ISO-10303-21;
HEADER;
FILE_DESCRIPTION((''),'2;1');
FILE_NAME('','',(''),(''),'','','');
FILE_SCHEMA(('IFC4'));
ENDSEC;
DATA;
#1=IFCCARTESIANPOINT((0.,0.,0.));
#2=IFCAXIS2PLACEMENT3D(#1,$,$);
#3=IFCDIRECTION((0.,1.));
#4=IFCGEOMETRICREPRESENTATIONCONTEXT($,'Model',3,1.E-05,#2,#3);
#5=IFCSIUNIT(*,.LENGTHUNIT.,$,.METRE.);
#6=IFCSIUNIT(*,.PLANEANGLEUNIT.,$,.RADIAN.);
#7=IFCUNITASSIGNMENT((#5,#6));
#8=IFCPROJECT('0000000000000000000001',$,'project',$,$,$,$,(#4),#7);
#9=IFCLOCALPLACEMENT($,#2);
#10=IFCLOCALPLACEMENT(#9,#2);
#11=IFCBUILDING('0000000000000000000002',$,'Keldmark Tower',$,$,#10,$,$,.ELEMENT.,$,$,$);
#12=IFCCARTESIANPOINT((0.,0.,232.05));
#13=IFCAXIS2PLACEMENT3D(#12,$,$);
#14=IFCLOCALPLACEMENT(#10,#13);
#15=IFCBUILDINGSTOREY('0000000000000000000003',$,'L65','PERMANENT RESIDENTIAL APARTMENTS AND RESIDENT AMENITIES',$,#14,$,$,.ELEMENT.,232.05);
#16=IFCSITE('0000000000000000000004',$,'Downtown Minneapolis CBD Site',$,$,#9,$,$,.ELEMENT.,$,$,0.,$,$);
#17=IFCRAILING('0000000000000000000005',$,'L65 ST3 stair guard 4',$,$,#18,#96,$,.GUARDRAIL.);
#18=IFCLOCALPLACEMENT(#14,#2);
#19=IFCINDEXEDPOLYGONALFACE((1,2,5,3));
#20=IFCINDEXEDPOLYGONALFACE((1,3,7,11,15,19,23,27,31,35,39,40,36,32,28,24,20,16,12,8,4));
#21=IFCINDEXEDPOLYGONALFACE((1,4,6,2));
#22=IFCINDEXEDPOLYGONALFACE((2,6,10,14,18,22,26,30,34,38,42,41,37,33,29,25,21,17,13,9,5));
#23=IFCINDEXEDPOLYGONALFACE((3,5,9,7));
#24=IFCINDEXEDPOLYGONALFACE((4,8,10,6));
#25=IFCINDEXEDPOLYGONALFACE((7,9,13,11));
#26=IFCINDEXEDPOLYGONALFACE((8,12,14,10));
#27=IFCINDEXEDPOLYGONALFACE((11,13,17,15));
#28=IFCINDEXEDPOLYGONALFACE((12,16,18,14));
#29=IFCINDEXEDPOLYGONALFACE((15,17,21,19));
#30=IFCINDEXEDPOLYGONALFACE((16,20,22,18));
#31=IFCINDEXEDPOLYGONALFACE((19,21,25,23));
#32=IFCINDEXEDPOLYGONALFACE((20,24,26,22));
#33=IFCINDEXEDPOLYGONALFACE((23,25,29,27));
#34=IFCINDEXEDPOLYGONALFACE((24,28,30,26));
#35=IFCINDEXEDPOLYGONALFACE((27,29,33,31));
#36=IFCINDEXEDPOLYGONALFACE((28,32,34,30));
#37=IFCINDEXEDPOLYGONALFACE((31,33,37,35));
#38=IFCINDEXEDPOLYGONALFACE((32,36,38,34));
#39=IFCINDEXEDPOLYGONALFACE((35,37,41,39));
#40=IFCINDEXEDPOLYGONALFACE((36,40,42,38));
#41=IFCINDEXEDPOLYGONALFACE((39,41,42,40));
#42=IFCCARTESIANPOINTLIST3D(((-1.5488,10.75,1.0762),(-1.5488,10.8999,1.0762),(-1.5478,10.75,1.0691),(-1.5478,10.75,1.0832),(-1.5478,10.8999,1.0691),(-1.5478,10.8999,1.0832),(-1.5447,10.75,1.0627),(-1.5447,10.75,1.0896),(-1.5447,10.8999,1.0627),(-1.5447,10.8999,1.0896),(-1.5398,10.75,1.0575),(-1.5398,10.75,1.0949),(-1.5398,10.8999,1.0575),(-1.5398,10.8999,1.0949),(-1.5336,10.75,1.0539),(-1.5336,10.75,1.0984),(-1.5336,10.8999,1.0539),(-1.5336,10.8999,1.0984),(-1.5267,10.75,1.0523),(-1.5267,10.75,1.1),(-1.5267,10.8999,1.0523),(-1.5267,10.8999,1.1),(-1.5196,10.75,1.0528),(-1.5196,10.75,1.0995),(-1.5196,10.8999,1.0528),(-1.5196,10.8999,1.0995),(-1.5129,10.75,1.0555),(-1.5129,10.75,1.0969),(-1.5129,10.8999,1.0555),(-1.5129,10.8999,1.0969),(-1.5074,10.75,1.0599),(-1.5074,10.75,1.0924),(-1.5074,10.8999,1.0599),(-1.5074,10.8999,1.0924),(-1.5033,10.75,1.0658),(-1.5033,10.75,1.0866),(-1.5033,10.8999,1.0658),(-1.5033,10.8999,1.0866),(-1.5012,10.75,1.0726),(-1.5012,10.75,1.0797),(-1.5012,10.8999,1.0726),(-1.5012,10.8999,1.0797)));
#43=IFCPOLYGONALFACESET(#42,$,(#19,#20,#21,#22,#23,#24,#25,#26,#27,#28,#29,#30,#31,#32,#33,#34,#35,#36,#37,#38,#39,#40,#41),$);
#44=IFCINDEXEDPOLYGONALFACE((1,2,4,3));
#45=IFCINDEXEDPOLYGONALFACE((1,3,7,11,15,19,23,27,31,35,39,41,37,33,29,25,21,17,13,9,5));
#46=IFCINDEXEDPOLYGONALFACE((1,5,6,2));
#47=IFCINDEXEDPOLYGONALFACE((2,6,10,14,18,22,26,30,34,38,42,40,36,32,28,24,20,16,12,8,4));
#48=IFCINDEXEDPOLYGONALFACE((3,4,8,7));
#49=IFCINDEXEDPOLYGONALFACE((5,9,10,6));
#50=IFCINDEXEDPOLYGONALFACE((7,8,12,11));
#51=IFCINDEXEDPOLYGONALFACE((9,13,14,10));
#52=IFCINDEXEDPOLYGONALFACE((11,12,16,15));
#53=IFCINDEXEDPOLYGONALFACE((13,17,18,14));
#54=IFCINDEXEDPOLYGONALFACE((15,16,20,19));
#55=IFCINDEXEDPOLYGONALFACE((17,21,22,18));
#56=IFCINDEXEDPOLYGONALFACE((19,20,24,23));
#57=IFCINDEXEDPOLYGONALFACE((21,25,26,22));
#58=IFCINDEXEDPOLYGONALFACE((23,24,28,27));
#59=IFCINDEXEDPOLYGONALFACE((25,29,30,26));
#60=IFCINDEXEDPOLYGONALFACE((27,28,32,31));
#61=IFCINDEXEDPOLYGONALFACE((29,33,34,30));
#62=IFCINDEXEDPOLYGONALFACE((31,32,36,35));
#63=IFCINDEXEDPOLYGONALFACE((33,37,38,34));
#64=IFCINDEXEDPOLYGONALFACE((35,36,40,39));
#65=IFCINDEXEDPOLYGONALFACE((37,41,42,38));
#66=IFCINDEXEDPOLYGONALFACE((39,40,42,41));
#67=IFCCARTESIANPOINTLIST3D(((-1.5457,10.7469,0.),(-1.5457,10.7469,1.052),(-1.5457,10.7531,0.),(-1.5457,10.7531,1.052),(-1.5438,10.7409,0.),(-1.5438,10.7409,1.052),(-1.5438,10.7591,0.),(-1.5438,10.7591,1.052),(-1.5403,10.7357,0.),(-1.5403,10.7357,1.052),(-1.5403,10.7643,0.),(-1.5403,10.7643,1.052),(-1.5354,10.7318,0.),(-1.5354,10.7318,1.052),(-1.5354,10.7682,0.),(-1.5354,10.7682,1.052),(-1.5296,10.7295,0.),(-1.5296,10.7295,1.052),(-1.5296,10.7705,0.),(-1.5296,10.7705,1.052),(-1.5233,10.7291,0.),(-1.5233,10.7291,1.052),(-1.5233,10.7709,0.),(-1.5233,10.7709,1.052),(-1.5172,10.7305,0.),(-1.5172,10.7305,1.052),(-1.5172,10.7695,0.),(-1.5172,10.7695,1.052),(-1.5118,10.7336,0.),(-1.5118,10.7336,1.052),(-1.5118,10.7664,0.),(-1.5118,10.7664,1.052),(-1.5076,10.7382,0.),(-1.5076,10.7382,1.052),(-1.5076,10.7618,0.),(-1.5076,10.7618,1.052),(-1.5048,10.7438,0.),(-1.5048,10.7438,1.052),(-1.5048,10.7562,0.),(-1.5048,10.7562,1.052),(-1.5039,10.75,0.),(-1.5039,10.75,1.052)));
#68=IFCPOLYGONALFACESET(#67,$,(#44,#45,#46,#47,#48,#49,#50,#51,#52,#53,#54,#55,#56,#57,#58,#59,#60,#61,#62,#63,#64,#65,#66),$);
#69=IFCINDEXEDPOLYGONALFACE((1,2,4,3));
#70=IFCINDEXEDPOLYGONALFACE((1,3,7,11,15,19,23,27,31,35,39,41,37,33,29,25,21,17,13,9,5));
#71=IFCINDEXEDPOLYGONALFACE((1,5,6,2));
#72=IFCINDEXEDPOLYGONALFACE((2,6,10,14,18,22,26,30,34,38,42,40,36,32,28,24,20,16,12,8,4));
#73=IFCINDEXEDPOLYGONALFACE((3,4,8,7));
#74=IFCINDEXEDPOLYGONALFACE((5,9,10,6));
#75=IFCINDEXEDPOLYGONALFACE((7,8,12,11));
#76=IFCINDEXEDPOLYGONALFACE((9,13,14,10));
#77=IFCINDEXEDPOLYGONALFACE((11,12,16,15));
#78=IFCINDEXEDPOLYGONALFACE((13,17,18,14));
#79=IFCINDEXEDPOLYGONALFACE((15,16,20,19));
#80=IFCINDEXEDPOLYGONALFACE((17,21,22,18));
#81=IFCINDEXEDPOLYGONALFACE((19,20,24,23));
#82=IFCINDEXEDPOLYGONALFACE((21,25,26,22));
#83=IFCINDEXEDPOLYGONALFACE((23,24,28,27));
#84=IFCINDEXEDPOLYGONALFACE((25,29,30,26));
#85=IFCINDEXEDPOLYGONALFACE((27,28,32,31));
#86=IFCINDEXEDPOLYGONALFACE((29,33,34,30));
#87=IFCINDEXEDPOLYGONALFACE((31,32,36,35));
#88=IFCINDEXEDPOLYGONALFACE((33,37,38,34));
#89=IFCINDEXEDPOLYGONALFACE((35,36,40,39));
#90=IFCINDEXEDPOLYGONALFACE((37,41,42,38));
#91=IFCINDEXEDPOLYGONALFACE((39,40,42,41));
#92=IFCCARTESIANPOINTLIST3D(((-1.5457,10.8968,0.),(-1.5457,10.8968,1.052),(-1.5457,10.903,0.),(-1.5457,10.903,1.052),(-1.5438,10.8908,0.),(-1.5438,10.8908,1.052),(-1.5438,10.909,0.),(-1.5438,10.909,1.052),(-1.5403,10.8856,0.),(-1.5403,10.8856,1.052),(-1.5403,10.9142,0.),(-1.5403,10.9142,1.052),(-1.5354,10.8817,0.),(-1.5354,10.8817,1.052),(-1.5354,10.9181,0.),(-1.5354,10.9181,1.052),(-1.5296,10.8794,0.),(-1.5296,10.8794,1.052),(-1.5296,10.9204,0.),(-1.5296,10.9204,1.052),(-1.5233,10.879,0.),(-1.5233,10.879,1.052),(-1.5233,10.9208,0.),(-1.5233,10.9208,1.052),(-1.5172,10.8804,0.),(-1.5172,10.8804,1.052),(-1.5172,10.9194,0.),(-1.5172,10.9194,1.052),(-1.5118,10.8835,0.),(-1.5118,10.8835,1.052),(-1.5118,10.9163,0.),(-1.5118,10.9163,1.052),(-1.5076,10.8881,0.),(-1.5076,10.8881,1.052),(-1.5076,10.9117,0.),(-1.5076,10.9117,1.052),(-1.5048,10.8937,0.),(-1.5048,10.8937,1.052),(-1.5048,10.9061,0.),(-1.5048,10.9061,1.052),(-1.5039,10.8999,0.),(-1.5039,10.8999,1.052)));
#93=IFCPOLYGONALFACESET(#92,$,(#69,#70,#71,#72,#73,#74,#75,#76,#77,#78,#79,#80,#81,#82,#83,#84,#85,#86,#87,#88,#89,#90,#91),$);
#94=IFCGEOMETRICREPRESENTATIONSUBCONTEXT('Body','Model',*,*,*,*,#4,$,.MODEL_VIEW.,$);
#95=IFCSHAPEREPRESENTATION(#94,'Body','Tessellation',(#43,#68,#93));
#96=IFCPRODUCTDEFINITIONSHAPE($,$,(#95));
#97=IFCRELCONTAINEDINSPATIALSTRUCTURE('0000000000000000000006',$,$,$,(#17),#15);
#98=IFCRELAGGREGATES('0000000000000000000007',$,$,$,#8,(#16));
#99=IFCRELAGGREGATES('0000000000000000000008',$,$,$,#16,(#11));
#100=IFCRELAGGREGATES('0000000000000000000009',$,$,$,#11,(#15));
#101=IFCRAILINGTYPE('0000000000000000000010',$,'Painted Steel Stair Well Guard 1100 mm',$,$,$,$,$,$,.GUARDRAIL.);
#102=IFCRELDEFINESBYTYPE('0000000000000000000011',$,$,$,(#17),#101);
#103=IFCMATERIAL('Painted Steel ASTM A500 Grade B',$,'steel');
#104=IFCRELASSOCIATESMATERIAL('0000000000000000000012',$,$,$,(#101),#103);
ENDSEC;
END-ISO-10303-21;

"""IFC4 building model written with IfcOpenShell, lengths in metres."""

from ifc_helpers import new_model, si_unit, direction, frame, origin, origin_2d, place, context, subcontext, project, spatial, circle, extrude, material, type_object, element, save


model = new_model("IFC4")

# Units and contexts
model_context = context("Model", 3, precision=1e-05, world=origin(), true_north=direction((0.0, 1.0)))
body_context = subcontext(model_context, "Body", "Model", "MODEL_VIEW")
ifc_project = project(units=[si_unit("LENGTHUNIT", "METRE"), si_unit("PLANEANGLEUNIT", "RADIAN")], contexts=[model_context])

# Site, building, storey
site_placement = place(None, origin())
site = spatial("IfcSite", under=ifc_project, at=site_placement, Name="Downtown Minneapolis CBD Site", CompositionType="ELEMENT", RefElevation=0.0)
building_placement = place(site_placement, origin())
building = spatial("IfcBuilding", under=site, at=building_placement, Name="Keldmark Tower", CompositionType="ELEMENT")
storey_placement = place(building_placement, frame((0.0, 0.0, 232.05)))
storey = spatial("IfcBuildingStorey", under=building, at=storey_placement, Name="L65", Description="PERMANENT RESIDENTIAL APARTMENTS AND RESIDENT AMENITIES", CompositionType="ELEMENT", Elevation=232.05)

# Railing
ifc_material_1 = material(Name="Painted Steel ASTM A500 Grade B", Category="steel")
railing_type_1 = type_object("IfcRailingType", Name="Painted Steel Stair Well Guard 1100 mm", PredefinedType="GUARDRAIL", material=ifc_material_1)
railing_1_placement = place(storey_placement, frame((-1.5249, 10.75, 0.0)))
element("IfcRailing", 1, at=railing_1_placement, inside=storey, type_object=railing_type_1, Name="L65 ST3 stair guard 4", PredefinedType="GUARDRAIL", context=body_context, shape_type="SweptSolid", body=[
    extrude(circle(Radius=0.0239, at=origin_2d()), frame((0.0, 0.0, 1.0762), z_axis=(0.0, 1.0, 0.0), x_axis=(-1.0, 0.0, 0.0)), (0.0, 0.0, 1.0), 0.1499),
    extrude(circle(Radius=0.021, at=origin_2d()), origin(), (0.0, 0.0, 1.0), 1.052),
    extrude(circle(Radius=0.021, at=origin_2d()), frame((0.0, 0.1499, 0.0)), (0.0, 0.0, 1.0), 1.052),
])

save(model, "model.ifc")
